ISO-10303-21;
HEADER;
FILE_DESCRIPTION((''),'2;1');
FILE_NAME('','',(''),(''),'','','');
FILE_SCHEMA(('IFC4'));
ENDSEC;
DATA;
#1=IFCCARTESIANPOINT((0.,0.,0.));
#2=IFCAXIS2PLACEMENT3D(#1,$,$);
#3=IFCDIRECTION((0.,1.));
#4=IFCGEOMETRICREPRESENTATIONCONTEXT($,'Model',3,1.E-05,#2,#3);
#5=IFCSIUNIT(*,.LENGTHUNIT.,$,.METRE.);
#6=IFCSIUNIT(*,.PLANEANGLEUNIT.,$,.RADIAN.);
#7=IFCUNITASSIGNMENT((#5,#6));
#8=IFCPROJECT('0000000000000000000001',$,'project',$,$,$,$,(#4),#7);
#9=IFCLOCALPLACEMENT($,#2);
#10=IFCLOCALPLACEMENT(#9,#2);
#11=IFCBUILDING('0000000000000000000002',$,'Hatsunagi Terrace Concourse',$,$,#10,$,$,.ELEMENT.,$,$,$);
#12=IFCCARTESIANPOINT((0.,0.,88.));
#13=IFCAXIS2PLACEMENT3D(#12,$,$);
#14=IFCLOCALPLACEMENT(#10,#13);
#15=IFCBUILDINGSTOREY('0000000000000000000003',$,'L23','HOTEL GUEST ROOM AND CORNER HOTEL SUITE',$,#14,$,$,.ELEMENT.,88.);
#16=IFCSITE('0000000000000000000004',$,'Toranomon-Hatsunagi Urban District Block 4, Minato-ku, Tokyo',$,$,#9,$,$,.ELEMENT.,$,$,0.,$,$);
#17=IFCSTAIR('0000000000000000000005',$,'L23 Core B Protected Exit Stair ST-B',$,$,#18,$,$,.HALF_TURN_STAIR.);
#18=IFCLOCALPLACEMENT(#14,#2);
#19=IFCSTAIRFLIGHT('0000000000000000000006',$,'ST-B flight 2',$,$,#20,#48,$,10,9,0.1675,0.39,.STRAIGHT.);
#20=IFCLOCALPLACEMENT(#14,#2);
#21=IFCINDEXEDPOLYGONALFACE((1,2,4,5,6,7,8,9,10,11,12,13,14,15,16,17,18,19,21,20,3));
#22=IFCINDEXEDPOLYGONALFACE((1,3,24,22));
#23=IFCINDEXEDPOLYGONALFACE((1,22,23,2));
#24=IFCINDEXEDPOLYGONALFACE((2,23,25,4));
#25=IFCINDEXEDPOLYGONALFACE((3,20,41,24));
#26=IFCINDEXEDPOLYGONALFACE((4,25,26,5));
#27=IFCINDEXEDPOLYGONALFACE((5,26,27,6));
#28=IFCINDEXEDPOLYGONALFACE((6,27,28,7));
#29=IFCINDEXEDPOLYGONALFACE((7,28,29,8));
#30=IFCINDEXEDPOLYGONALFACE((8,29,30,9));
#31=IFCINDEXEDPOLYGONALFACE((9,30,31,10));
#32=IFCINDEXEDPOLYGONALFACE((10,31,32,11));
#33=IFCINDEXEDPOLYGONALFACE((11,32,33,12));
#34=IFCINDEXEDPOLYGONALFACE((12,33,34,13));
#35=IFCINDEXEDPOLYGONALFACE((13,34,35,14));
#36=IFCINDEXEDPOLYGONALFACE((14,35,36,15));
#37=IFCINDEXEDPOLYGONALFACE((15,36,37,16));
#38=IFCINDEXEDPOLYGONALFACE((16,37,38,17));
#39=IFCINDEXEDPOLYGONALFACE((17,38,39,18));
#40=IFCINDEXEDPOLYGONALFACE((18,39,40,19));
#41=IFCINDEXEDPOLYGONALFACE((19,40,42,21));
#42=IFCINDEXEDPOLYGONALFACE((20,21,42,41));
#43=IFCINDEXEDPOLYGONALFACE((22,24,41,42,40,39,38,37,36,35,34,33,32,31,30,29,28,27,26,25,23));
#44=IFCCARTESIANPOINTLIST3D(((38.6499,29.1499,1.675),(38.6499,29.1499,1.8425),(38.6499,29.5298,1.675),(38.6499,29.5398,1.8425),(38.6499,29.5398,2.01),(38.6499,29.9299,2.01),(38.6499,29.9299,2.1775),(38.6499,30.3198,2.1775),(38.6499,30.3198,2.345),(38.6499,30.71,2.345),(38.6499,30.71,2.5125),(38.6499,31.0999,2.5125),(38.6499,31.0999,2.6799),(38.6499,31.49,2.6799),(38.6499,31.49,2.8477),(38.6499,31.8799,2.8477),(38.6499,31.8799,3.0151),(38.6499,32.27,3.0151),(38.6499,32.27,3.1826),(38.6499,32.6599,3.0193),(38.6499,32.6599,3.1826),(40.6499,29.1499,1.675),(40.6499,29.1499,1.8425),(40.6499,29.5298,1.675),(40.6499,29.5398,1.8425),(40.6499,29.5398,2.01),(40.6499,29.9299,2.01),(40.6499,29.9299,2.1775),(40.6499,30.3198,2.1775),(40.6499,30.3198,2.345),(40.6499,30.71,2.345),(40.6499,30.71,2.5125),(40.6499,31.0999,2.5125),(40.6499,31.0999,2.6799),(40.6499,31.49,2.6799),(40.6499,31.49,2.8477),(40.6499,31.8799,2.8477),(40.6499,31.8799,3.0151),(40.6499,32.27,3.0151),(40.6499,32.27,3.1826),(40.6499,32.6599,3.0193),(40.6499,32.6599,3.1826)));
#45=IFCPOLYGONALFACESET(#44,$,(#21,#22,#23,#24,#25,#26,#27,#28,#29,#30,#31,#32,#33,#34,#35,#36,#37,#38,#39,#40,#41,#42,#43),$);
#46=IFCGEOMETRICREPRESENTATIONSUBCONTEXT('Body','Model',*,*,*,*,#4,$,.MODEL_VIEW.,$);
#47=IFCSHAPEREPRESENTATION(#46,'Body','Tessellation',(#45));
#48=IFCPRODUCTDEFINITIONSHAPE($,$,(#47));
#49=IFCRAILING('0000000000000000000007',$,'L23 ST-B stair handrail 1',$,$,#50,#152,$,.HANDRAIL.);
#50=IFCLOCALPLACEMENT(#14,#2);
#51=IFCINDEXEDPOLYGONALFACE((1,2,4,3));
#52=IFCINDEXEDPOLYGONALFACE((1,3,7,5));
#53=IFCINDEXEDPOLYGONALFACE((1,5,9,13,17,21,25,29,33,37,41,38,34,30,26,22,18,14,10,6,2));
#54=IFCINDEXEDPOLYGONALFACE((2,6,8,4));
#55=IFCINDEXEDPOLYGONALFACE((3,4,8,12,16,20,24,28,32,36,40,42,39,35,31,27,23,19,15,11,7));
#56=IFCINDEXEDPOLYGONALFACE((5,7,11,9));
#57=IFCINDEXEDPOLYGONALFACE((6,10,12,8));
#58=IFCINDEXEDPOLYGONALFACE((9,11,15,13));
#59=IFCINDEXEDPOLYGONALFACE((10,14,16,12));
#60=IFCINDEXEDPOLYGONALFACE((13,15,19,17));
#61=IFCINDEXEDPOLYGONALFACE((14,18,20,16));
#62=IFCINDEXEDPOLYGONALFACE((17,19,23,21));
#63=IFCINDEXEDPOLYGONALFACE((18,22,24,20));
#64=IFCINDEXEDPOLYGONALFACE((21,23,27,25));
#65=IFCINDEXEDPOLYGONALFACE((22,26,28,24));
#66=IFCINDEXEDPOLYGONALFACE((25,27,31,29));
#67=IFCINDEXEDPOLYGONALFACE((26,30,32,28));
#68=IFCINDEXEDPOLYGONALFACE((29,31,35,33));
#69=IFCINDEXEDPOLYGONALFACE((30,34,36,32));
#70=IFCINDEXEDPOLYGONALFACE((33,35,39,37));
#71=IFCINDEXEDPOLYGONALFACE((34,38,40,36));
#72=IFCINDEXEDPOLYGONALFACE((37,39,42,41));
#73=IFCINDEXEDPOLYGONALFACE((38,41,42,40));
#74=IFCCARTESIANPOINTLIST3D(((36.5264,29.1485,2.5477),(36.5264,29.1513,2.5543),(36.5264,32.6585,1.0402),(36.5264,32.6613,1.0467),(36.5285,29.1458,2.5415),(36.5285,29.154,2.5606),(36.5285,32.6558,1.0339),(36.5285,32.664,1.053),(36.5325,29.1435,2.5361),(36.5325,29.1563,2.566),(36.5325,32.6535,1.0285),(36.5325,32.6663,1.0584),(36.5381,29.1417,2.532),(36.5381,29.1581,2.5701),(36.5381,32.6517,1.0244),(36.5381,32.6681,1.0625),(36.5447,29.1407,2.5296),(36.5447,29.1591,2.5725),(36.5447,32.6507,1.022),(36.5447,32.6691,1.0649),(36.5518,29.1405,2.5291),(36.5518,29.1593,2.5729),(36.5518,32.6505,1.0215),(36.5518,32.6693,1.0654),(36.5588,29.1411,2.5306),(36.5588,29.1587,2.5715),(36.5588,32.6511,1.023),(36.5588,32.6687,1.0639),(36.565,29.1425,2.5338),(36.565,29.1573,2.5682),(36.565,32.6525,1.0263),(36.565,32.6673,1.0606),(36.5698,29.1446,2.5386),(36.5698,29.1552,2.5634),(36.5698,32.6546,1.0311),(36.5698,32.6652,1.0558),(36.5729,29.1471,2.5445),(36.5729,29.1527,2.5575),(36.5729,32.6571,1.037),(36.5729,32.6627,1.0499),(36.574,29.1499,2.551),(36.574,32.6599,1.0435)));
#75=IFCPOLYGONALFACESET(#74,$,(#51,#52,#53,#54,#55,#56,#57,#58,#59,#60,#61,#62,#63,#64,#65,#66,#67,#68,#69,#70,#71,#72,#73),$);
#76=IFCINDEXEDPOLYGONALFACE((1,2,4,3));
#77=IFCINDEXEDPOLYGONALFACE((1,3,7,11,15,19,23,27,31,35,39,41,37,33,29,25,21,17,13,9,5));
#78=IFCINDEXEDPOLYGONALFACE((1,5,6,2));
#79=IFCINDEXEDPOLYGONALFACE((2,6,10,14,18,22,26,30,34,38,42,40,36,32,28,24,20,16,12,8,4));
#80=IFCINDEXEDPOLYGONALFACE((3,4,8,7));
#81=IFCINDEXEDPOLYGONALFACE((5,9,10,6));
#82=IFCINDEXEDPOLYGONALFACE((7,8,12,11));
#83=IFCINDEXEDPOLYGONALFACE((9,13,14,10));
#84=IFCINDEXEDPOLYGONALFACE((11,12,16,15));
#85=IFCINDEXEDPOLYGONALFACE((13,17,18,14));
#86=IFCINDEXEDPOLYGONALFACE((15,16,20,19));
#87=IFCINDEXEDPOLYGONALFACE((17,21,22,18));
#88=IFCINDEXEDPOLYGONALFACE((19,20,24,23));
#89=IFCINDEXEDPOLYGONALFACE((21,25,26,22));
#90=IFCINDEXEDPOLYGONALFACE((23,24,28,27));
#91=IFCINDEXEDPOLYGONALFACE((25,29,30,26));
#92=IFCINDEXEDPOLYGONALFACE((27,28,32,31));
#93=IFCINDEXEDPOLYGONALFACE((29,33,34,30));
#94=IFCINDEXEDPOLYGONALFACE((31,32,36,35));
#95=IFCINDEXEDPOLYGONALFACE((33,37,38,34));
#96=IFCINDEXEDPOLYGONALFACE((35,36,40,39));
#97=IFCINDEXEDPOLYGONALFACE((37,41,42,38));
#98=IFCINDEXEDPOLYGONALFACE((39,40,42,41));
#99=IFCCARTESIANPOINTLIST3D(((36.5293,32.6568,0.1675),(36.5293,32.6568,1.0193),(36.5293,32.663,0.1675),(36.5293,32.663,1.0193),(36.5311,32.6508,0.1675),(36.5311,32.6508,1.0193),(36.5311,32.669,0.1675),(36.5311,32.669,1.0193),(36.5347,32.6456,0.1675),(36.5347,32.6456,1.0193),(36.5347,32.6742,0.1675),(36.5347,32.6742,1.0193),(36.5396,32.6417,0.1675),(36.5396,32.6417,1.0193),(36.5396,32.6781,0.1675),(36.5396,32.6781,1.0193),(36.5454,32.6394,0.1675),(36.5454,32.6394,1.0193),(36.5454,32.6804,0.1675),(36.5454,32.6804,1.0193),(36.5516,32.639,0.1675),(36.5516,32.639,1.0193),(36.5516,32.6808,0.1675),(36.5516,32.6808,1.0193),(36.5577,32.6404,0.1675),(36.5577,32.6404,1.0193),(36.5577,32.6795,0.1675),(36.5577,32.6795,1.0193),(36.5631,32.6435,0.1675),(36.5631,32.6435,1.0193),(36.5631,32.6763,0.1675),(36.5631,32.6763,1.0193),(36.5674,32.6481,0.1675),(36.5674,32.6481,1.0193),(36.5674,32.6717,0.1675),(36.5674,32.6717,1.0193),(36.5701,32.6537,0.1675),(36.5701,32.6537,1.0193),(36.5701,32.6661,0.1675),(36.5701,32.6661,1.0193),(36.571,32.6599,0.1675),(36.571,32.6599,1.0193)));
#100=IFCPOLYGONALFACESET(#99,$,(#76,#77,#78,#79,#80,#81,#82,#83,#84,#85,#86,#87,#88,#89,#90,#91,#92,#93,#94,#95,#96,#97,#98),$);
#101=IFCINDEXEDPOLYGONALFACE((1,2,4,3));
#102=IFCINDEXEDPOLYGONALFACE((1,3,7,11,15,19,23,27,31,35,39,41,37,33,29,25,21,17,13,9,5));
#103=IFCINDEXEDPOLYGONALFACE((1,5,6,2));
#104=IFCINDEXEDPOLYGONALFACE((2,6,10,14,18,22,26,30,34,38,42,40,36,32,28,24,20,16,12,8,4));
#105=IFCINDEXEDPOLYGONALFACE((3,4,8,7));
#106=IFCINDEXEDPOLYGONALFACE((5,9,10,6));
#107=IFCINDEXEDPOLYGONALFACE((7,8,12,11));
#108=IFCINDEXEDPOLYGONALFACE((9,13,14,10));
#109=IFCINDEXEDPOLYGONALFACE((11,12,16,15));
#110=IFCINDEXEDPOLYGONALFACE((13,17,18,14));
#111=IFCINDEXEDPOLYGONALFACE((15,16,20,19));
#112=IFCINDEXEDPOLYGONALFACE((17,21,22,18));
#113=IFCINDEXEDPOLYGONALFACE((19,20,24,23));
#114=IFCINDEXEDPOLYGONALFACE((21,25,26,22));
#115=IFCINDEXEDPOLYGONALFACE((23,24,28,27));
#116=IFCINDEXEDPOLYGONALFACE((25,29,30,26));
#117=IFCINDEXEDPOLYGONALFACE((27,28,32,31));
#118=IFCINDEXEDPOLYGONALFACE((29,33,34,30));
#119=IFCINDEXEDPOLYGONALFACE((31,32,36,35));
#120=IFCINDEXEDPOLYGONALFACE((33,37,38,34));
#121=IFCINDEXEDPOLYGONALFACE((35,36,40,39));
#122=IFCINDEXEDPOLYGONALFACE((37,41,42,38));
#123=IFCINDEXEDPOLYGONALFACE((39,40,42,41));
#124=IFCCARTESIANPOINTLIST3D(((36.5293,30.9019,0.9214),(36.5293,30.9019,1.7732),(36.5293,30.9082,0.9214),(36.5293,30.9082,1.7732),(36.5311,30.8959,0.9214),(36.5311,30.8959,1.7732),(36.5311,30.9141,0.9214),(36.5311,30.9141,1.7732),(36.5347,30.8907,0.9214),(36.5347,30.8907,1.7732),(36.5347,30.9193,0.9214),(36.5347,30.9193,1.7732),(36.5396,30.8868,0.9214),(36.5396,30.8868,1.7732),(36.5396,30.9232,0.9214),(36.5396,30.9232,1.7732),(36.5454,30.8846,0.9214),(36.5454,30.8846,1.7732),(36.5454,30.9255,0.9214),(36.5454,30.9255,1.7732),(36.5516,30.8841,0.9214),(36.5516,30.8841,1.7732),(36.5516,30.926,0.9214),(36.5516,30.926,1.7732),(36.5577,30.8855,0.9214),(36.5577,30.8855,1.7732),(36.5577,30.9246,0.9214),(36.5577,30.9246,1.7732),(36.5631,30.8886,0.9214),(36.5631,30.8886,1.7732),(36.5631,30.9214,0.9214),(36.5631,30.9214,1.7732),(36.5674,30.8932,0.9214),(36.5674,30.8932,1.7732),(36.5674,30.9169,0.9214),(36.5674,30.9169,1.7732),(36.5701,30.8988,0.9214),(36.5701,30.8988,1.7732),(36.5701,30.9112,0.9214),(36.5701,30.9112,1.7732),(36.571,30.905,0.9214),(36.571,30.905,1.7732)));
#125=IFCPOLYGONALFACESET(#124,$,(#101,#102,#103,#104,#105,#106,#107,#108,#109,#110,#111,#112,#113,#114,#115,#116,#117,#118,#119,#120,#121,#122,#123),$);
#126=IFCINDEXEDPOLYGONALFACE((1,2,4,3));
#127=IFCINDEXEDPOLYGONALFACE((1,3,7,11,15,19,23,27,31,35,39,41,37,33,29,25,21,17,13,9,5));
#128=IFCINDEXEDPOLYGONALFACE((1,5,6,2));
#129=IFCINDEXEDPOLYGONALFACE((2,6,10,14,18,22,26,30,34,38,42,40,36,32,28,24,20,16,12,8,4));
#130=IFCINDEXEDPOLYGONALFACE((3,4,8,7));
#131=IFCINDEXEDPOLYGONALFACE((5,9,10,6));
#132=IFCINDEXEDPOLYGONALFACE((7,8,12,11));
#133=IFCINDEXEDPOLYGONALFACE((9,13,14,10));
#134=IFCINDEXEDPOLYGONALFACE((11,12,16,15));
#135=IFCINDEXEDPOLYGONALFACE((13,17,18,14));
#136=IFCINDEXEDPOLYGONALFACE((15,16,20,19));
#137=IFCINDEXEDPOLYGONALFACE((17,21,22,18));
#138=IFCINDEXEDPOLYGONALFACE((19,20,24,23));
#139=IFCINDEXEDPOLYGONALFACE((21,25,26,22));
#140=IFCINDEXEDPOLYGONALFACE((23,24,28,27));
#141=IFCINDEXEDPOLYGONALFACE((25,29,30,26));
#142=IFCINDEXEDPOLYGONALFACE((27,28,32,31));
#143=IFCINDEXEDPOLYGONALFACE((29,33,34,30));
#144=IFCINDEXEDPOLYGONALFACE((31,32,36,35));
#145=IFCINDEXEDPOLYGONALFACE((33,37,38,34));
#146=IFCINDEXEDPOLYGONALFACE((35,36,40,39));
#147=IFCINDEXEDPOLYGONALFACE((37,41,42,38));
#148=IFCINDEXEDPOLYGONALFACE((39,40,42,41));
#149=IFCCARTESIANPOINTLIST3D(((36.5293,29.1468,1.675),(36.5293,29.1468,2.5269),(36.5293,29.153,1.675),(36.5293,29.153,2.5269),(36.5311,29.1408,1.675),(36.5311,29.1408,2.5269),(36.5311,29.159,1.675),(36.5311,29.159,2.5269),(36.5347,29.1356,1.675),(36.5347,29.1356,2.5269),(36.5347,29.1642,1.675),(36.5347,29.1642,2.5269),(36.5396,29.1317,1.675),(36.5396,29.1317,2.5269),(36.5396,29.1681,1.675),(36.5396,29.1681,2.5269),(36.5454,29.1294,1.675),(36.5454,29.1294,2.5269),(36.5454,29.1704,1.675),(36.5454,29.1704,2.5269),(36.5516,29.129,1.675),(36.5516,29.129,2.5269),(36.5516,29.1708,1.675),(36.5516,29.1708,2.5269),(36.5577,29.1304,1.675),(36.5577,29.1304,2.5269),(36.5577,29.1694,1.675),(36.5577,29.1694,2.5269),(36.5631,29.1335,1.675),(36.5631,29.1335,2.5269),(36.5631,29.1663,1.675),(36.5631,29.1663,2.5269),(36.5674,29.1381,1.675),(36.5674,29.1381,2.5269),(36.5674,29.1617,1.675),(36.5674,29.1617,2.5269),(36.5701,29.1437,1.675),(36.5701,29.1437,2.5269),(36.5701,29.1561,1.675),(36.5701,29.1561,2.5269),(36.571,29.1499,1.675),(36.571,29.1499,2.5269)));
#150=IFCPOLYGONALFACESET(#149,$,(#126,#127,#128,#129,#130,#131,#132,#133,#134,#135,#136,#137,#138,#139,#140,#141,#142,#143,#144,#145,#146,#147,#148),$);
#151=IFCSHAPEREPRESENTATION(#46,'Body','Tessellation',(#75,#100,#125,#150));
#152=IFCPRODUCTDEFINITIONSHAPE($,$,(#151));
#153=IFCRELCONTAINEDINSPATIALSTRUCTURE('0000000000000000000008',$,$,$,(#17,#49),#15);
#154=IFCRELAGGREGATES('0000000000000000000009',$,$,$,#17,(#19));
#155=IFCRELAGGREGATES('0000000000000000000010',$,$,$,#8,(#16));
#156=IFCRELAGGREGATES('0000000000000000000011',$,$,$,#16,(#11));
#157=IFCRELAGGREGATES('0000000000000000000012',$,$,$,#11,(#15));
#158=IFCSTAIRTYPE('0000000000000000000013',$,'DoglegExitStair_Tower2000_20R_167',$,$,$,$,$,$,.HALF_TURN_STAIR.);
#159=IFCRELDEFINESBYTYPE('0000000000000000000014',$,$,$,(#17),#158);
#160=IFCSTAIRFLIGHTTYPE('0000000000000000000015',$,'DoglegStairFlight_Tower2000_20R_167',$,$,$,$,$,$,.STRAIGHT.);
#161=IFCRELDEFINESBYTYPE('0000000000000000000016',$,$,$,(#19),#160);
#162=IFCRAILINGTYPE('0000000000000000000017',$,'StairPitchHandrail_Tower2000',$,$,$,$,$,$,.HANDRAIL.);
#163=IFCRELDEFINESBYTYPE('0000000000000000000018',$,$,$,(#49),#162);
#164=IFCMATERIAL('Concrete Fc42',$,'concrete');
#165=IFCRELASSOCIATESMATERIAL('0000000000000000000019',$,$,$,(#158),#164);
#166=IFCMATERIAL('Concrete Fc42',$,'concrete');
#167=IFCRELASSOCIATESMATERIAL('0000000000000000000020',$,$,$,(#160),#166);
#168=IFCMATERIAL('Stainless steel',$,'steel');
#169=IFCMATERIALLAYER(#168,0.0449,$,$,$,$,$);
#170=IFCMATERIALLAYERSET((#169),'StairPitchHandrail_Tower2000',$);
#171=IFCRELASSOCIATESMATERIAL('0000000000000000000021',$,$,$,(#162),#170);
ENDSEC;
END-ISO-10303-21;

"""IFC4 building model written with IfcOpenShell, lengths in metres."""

from ifc_helpers import new_model, si_unit, direction, frame, origin, origin_2d, place, context, subcontext, project, spatial, polyline, circle, outline, extrude, material, layer, layer_set, type_object, element, aggregate, save


model = new_model("IFC4")

# Units and contexts
model_context = context("Model", 3, precision=1e-05, world=origin(), true_north=direction((0.0, 1.0)))
body_context = subcontext(model_context, "Body", "Model", "MODEL_VIEW")
ifc_project = project(units=[si_unit("LENGTHUNIT", "METRE"), si_unit("PLANEANGLEUNIT", "RADIAN")], contexts=[model_context])

# Site, building, storey
site_placement = place(None, origin())
site = spatial("IfcSite", under=ifc_project, at=site_placement, Name="Toranomon-Hatsunagi Urban District Block 4, Minato-ku, Tokyo", CompositionType="ELEMENT", RefElevation=0.0)
building_placement = place(site_placement, origin())
building = spatial("IfcBuilding", under=site, at=building_placement, Name="Hatsunagi Terrace Concourse", CompositionType="ELEMENT")
storey_placement = place(building_placement, frame((0.0, 0.0, 88.0)))
storey = spatial("IfcBuildingStorey", under=building, at=storey_placement, Name="L23", Description="HOTEL GUEST ROOM AND CORNER HOTEL SUITE", CompositionType="ELEMENT", Elevation=88.0)

# Stair, stair flight
ifc_material_1 = material(Name="Concrete Fc42", Category="concrete")
stair_type = type_object("IfcStairType", Name="DoglegExitStair_Tower2000_20R_167", PredefinedType="HALF_TURN_STAIR", material=ifc_material_1)
stair_placement = place(storey_placement, origin())
stair = element("IfcStair", 1, at=stair_placement, inside=storey, type_object=stair_type, Name="L23 Core B Protected Exit Stair ST-B", PredefinedType="HALF_TURN_STAIR")
ifc_material_2 = material(Name="Concrete Fc42", Category="concrete")
stair_flight_type = type_object("IfcStairFlightType", Name="DoglegStairFlight_Tower2000_20R_167", PredefinedType="STRAIGHT", material=ifc_material_2)
stair_flight_1_placement = place(storey_placement, frame((39.6499, 29.1499, 1.675), z_axis=(0.0, 0.0, 1.0), x_axis=(0.0, 1.0, 0.0)))
stair_flight_1 = element("IfcStairFlight", 2, at=stair_flight_1_placement, type_object=stair_flight_type, Name="ST-B flight 2", NumberOfRisers=10, NumberOfTreads=9, PredefinedType="STRAIGHT", RiserHeight=0.1675, TreadLength=0.39, context=body_context, shape_type="SweptSolid", body=[
    extrude(outline(polyline([(0.0, 0.0), (0.0, 0.1675), (0.3899, 0.1675), (0.3899, 0.335), (0.78, 0.335), (0.78, 0.5024), (1.1699, 0.5024), (1.1699, 0.6699), (1.5601, 0.6699), (1.5601, 0.8374), (1.95, 0.8374), (1.95, 1.0049), (2.3401, 1.0049), (2.3401, 1.1726), (2.73, 1.1726), (2.73, 1.3401), (3.1201, 1.3401), (3.1201, 1.5076), (3.51, 1.5076), (3.51, 1.675), (3.51, 1.3442), (0.3799, 0.0), (0.0, 0.0)])), frame((0.0, 1.0, 0.0), z_axis=(0.0, -1.0, 0.0), x_axis=(1.0, 0.0, 0.0)), (0.0, 0.0, 1.0), 2.0),
])
aggregate(stair, [stair_flight_1])

# Railing
ifc_material_3 = material(Name="Stainless steel", Category="steel")
ifc_layer_1 = layer(ifc_material_3, 0.0449)
ifc_layer_set_1 = layer_set([ifc_layer_1], Name="StairPitchHandrail_Tower2000")
railing_type_1 = type_object("IfcRailingType", Name="StairPitchHandrail_Tower2000", PredefinedType="HANDRAIL", material=ifc_layer_set_1)
railing_1_placement = place(storey_placement, frame((36.55, 32.6599, 0.1675)))
element("IfcRailing", 3, at=railing_1_placement, inside=storey, type_object=railing_type_1, Name="L23 ST-B stair handrail 1", PredefinedType="HANDRAIL", context=body_context, shape_type="SweptSolid", body=[
    extrude(circle(Radius=0.0239, at=origin_2d()), frame((0.0, 0.0, 0.876), z_axis=(0.0, -0.918834, 0.394644), x_axis=(1.0, 0.0, 0.0)), (0.0, 0.0, 1.0), 3.8201),
    extrude(circle(Radius=0.021, at=origin_2d()), origin(), (0.0, 0.0, 1.0), 0.8518),
    extrude(circle(Radius=0.021, at=origin_2d()), frame((0.0, -1.7549, 0.7539)), (0.0, 0.0, 1.0), 0.8518),
    extrude(circle(Radius=0.021, at=origin_2d()), frame((0.0, -3.51, 1.5076)), (0.0, 0.0, 1.0), 0.8518),
])

save(model, "model.ifc")
